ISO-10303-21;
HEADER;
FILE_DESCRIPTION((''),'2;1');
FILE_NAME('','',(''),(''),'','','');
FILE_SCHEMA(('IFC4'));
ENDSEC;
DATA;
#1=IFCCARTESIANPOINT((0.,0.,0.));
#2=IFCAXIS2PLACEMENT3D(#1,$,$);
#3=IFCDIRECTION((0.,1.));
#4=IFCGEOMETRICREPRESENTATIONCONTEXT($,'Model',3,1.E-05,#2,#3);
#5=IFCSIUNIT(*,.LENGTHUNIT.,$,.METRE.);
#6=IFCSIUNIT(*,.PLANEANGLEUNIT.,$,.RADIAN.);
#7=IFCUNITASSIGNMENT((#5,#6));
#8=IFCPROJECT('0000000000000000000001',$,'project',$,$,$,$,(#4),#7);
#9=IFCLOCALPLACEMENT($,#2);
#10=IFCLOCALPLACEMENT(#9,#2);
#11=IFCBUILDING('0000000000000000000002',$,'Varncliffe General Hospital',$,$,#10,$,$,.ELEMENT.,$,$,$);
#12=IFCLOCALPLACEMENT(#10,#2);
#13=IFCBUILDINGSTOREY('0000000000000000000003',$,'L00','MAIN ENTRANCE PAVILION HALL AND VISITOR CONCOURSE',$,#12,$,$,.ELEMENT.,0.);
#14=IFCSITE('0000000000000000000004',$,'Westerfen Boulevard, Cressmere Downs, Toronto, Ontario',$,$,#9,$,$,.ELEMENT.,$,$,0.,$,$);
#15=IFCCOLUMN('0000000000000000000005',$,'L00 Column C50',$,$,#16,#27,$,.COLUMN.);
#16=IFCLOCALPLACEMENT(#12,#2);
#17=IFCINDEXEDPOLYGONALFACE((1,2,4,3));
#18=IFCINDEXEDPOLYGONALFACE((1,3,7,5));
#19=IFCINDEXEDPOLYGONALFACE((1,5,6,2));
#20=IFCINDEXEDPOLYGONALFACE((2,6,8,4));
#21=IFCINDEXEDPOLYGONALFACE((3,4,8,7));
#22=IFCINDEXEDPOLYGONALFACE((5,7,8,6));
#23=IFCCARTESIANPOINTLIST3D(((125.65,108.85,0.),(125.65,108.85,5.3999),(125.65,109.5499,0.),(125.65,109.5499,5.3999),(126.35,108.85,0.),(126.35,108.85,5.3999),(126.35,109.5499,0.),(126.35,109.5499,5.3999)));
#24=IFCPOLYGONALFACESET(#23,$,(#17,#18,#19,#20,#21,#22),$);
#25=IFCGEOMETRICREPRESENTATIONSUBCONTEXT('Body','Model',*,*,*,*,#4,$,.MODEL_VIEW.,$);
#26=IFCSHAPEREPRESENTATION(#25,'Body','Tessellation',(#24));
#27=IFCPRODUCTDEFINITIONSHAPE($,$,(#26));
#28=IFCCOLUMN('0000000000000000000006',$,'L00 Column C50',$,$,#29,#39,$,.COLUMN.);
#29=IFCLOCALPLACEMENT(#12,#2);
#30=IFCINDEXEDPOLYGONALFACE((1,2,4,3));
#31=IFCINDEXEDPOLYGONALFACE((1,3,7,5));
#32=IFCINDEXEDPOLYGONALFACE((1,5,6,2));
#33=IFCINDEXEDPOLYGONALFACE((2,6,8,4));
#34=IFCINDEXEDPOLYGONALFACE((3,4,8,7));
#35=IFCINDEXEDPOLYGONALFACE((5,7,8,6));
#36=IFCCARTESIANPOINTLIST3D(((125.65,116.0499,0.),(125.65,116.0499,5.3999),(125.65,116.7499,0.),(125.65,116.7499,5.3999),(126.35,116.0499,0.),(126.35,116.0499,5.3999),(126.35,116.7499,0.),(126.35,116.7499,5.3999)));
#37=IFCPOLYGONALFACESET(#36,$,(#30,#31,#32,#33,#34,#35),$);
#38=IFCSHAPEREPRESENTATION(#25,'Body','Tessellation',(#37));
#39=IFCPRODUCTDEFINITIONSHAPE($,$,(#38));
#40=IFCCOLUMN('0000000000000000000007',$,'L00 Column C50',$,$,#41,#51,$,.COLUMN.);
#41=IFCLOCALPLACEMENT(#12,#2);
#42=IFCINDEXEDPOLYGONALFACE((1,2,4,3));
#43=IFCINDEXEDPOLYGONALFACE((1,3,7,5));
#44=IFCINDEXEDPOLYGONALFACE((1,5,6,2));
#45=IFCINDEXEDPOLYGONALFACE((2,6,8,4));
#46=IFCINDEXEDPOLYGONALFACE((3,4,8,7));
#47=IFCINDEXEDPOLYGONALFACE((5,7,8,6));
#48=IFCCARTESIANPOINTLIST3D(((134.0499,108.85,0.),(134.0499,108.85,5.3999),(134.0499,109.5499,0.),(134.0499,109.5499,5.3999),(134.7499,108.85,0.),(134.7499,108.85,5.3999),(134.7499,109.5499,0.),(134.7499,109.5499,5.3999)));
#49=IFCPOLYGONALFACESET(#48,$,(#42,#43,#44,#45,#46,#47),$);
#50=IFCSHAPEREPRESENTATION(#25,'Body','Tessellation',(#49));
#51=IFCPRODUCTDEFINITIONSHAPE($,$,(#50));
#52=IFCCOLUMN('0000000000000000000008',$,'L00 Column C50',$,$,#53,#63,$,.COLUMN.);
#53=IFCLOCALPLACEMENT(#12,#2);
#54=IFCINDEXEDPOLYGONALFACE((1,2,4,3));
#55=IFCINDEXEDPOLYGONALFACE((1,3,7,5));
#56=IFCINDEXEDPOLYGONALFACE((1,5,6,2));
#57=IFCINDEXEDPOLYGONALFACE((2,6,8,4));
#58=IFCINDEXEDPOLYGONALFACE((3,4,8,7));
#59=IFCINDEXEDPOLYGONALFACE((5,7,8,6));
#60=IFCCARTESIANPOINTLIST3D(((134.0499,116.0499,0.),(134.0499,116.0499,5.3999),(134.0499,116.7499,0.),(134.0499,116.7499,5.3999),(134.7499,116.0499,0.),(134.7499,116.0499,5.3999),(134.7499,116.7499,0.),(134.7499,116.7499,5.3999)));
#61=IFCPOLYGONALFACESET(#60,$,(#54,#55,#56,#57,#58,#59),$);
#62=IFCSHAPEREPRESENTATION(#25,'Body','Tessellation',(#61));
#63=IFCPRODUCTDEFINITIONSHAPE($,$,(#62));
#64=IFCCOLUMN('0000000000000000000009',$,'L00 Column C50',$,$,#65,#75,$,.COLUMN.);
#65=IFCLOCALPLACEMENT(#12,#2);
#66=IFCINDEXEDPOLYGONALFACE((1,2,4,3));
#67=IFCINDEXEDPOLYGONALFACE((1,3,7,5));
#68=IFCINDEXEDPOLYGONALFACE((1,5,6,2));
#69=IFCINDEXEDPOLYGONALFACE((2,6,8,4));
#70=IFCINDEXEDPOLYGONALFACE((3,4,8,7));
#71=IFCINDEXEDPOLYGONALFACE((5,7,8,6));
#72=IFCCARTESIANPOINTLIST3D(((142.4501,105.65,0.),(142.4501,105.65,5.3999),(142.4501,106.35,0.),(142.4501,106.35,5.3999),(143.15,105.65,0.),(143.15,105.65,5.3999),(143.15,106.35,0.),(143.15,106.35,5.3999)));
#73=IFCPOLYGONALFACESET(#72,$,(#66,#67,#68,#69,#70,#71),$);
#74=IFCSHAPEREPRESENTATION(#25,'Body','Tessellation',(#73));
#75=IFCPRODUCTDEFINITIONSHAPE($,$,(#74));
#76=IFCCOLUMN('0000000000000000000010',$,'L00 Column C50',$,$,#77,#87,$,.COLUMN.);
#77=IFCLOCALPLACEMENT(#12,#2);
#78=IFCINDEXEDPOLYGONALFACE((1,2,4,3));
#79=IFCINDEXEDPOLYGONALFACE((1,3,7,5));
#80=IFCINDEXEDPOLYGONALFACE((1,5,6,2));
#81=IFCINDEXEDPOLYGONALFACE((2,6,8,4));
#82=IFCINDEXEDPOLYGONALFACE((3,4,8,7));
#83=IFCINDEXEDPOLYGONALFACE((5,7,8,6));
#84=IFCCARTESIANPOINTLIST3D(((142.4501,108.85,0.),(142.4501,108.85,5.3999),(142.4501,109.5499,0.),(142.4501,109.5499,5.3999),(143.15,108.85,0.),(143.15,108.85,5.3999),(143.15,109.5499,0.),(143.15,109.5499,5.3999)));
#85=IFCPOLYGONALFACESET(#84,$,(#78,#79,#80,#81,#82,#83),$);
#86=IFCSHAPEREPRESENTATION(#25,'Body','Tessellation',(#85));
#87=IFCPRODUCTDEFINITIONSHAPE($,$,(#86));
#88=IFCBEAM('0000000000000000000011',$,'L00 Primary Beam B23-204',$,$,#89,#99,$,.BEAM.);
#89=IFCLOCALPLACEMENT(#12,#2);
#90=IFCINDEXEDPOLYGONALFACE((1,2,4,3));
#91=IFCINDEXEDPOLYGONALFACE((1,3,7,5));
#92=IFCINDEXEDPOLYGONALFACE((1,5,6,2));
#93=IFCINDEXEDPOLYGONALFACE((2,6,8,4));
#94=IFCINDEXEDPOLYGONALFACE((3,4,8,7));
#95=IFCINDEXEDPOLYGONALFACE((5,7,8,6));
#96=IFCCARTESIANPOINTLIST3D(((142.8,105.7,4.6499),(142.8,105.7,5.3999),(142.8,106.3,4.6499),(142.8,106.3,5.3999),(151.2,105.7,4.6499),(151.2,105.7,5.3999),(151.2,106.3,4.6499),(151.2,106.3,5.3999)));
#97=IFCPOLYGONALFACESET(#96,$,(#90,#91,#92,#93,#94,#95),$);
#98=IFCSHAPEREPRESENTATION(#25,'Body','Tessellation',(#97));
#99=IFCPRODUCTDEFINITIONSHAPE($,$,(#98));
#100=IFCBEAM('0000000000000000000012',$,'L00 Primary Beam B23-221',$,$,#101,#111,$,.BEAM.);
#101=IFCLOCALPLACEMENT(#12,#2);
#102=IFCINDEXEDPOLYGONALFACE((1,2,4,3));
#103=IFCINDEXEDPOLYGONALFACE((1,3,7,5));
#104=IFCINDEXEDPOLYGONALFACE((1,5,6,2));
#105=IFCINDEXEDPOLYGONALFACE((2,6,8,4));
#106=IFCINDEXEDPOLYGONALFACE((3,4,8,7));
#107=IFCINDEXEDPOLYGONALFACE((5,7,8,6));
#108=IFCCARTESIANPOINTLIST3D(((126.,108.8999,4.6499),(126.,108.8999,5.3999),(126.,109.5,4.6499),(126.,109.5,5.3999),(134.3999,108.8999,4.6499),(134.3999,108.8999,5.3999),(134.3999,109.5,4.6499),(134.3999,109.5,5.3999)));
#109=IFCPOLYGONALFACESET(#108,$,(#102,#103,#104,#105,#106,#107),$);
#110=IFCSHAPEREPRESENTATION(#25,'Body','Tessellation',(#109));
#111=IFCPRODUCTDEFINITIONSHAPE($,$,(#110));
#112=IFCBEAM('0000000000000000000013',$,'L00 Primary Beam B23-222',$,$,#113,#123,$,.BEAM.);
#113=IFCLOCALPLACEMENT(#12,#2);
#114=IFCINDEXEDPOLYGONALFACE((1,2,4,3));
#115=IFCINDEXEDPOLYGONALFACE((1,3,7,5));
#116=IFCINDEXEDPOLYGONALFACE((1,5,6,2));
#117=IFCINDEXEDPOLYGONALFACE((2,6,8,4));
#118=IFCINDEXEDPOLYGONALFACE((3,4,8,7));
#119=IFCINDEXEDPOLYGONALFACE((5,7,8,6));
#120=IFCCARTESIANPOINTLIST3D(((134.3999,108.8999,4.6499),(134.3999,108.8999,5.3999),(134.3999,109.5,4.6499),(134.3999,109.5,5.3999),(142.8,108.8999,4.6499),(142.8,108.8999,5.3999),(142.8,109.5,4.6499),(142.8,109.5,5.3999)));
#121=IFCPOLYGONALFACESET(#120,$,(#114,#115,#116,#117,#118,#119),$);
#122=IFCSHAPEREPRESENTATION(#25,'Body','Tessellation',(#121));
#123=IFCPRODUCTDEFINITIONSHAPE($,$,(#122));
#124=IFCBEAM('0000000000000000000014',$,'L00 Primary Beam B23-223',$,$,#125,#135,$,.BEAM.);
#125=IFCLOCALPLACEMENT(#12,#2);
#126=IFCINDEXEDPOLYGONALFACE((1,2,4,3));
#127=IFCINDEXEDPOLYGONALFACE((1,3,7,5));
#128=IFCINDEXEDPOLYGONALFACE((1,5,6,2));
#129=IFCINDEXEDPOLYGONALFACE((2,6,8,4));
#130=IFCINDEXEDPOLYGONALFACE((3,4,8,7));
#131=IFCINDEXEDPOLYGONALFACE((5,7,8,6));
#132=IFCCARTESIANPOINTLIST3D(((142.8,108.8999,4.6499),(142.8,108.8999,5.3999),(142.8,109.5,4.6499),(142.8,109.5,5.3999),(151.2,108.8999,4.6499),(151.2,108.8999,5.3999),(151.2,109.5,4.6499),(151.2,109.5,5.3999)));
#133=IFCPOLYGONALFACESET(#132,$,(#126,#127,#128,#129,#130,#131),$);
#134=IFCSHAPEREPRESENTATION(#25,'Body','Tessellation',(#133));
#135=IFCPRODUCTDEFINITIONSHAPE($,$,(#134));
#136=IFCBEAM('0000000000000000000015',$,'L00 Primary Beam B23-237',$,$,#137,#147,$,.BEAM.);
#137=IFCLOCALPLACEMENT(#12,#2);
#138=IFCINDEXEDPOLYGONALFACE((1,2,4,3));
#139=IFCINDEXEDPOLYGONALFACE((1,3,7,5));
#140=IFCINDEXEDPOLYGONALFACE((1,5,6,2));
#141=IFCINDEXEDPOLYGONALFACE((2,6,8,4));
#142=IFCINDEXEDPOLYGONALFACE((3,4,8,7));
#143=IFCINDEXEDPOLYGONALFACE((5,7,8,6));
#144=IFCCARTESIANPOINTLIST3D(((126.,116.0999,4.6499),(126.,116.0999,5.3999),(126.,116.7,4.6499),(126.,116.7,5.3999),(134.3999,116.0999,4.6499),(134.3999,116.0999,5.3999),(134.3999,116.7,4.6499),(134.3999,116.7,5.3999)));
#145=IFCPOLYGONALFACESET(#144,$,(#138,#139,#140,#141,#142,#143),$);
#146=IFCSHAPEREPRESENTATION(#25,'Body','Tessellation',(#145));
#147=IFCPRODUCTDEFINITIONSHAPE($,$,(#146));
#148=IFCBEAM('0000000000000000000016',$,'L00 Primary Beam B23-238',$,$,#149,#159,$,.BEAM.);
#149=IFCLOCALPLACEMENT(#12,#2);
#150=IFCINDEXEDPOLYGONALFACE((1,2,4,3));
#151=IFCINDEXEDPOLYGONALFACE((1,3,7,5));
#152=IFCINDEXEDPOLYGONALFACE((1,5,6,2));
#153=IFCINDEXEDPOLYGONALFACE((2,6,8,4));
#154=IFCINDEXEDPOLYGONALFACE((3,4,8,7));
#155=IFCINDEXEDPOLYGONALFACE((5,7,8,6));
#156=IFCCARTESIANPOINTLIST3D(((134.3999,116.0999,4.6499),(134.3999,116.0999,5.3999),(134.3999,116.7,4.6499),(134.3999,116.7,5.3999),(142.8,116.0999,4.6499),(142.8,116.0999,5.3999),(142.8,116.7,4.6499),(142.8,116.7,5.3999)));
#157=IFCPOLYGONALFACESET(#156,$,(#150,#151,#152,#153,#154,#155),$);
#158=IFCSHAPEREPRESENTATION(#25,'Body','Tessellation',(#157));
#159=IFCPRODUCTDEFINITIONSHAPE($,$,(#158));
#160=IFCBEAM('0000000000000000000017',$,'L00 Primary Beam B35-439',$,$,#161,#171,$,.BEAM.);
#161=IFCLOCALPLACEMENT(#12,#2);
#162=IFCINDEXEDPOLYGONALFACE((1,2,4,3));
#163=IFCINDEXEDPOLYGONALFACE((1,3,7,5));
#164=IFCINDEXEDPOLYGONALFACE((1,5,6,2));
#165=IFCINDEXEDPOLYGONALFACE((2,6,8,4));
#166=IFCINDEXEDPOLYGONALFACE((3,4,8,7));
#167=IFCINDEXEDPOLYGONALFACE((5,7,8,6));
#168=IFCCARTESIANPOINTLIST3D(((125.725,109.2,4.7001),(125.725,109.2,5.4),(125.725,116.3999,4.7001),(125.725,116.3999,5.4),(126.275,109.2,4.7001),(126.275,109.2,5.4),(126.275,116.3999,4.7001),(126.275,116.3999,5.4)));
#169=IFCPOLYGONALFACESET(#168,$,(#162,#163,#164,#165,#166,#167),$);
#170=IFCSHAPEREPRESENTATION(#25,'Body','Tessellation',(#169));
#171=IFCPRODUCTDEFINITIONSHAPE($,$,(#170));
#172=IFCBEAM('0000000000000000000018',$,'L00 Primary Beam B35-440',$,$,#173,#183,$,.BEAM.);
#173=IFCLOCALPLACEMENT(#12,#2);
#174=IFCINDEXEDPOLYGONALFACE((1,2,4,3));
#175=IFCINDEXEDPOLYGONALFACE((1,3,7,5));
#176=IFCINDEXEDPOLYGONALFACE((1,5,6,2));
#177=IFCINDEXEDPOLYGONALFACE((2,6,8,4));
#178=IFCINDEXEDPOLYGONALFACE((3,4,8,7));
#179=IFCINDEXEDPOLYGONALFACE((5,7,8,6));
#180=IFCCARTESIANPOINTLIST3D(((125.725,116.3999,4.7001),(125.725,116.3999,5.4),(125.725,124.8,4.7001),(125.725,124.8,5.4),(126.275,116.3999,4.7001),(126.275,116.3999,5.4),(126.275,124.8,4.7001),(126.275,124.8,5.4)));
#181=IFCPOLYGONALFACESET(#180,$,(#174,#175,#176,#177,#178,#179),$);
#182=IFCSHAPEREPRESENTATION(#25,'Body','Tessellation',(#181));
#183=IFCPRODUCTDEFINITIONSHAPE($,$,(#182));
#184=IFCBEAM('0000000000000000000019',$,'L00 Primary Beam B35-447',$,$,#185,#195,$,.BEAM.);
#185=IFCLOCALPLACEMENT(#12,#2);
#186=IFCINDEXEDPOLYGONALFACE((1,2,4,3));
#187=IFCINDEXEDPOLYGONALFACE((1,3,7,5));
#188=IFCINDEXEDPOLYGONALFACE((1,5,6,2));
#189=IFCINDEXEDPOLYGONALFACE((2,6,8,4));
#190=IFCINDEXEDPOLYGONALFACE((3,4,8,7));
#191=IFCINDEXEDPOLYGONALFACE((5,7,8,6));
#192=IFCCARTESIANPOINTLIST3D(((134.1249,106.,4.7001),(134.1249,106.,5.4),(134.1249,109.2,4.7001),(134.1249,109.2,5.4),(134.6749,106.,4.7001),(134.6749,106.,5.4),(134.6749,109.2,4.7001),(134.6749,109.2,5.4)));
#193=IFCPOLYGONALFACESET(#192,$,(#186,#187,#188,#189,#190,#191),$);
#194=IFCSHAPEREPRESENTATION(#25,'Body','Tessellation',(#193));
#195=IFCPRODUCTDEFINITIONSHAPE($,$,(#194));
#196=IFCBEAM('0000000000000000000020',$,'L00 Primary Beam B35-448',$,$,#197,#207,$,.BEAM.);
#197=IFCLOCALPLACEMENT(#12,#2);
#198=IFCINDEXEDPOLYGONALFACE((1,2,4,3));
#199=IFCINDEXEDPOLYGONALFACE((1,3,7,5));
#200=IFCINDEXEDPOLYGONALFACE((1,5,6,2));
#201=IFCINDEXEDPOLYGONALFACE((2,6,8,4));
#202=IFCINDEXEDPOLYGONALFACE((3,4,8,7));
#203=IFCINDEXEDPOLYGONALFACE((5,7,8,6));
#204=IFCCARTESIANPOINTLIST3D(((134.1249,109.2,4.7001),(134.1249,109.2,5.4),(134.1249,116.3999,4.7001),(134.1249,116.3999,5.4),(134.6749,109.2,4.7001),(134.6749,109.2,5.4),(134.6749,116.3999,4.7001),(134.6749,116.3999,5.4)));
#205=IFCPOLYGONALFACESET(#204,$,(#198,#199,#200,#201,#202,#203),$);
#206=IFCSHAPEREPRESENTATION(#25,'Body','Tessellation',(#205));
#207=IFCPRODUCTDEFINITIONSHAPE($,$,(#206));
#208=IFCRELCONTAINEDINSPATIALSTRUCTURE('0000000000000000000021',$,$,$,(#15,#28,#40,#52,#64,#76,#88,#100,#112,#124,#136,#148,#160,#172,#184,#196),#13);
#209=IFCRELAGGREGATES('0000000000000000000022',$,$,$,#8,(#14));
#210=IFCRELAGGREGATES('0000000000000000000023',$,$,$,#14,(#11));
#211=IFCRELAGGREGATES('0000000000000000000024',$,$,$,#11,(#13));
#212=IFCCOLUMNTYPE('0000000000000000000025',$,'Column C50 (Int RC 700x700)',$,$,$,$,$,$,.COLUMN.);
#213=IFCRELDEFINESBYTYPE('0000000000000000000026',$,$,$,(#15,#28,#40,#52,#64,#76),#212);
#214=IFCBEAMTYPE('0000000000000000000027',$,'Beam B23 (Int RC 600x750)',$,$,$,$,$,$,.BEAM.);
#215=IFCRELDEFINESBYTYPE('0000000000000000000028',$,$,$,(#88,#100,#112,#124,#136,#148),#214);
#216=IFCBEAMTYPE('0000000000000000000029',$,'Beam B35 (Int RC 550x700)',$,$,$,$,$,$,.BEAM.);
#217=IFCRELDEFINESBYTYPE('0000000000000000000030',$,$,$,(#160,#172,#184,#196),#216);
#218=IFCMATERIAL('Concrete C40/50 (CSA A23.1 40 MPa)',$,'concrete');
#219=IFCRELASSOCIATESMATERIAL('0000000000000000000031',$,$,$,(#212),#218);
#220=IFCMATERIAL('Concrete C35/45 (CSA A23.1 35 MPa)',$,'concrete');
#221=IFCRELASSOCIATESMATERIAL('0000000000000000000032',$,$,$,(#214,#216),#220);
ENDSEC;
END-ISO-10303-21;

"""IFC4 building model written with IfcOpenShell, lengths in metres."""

from ifc_helpers import new_model, si_unit, direction, frame, origin, origin_2d, place, context, subcontext, project, spatial, rectangle, extrude, material, material_profile, profile_set, type_object, element, save


model = new_model("IFC4")

# Units and contexts
model_context = context("Model", 3, precision=1e-05, world=origin(), true_north=direction((0.0, 1.0)))
body_context = subcontext(model_context, "Body", "Model", "MODEL_VIEW")
ifc_project = project(units=[si_unit("LENGTHUNIT", "METRE"), si_unit("PLANEANGLEUNIT", "RADIAN")], contexts=[model_context])

# Site, building, storey
site_placement = place(None, origin())
site = spatial("IfcSite", under=ifc_project, at=site_placement, Name="Westerfen Boulevard, Cressmere Downs, Toronto, Ontario", CompositionType="ELEMENT", RefElevation=0.0)
building_placement = place(site_placement, origin())
building = spatial("IfcBuilding", under=site, at=building_placement, Name="Varncliffe General Hospital", CompositionType="ELEMENT")
storey_placement = place(building_placement, origin())
storey = spatial("IfcBuildingStorey", under=building, at=storey_placement, Name="L00", Description="MAIN ENTRANCE PAVILION HALL AND VISITOR CONCOURSE", CompositionType="ELEMENT", Elevation=0.0)

# Columns
ifc_material_1 = material(Name="Concrete C40/50 (CSA A23.1 40 MPa)", Category="concrete")
ifc_material_profile_1 = material_profile(ifc_material_1, rectangle(XDim=0.7, YDim=0.7, at=origin_2d()), Name="RC 700x700")
ifc_profile_set_1 = profile_set([ifc_material_profile_1], Name="Concrete C40/50 (CSA A23.1 40 MPa)")
column_type = type_object("IfcColumnType", Name="Column C50 (Int RC 700x700)", PredefinedType="COLUMN", material=ifc_profile_set_1)
for number, where, z_axis, x_axis, name in (
    (1, (126.0, 109.2, 0.0), (0.0, 0.0, 1.0), (1.0, 0.0, 0.0), "L00 Column C50"),
    (2, (126.0, 116.3999, 0.0), (0.0, 0.0, 1.0), (1.0, 0.0, 0.0), "L00 Column C50"),
    (3, (134.3999, 109.2, 0.0), (0.0, 0.0, 1.0), (1.0, 0.0, 0.0), "L00 Column C50"),
    (4, (134.3999, 116.3999, 0.0), (0.0, 0.0, 1.0), (1.0, 0.0, 0.0), "L00 Column C50"),
    (5, (142.8, 106.0, 0.0), (0.0, 0.0, 1.0), (1.0, 0.0, 0.0), "L00 Column C50"),
    (6, (142.8, 109.2, 0.0), (0.0, 0.0, 1.0), (1.0, 0.0, 0.0), "L00 Column C50"),
):
    element("IfcColumn", number, at=place(storey_placement, frame(where, z_axis=z_axis, x_axis=x_axis)), inside=storey, type_object=column_type, Name=name, PredefinedType="COLUMN", context=body_context, shape_type="SweptSolid", body=[
        extrude(rectangle(XDim=0.7, YDim=0.7, at=origin_2d()), origin(), (0.0, 0.0, 1.0), 5.3999),
    ])

# Beams
ifc_material_2 = material(Name="Concrete C35/45 (CSA A23.1 35 MPa)", Category="concrete")
ifc_material_profile_2 = material_profile(ifc_material_2, rectangle(XDim=0.6001, YDim=0.75, at=origin_2d()), Name="RC 600x750")
ifc_profile_set_2 = profile_set([ifc_material_profile_2], Name="Concrete C35/45 (CSA A23.1 35 MPa)")
beam_type_1 = type_object("IfcBeamType", Name="Beam B23 (Int RC 600x750)", PredefinedType="BEAM", material=ifc_profile_set_2)
for number, where, z_axis, x_axis, name in (
    (7, (142.8, 106.0, 5.0249), (1.0, 0.0, 0.0), (0.0, 1.0, 0.0), "L00 Primary Beam B23-204"),
    (8, (126.0, 109.2, 5.0249), (1.0, 0.0, 0.0), (0.0, 1.0, 0.0), "L00 Primary Beam B23-221"),
):
    element("IfcBeam", number, at=place(storey_placement, frame(where, z_axis=z_axis, x_axis=x_axis)), inside=storey, type_object=beam_type_1, Name=name, PredefinedType="BEAM", context=body_context, shape_type="SweptSolid", body=[
        extrude(rectangle(XDim=0.6001, YDim=0.75, at=origin_2d()), origin(), (0.0, 0.0, 1.0), 8.3999),
    ])
beam_1_placement = place(storey_placement, frame((134.3999, 109.2, 5.0249), z_axis=(1.0, 0.0, 0.0), x_axis=(0.0, 1.0, 0.0)))
element("IfcBeam", 9, at=beam_1_placement, inside=storey, type_object=beam_type_1, Name="L00 Primary Beam B23-222", PredefinedType="BEAM", context=body_context, shape_type="SweptSolid", body=[
    extrude(rectangle(XDim=0.6001, YDim=0.75, at=origin_2d()), origin(), (0.0, 0.0, 1.0), 8.4001),
])
for number, where, z_axis, x_axis, name in (
    (10, (142.8, 109.2, 5.0249), (1.0, 0.0, 0.0), (0.0, 1.0, 0.0), "L00 Primary Beam B23-223"),
    (11, (126.0, 116.3999, 5.0249), (1.0, 0.0, 0.0), (0.0, 1.0, 0.0), "L00 Primary Beam B23-237"),
):
    element("IfcBeam", number, at=place(storey_placement, frame(where, z_axis=z_axis, x_axis=x_axis)), inside=storey, type_object=beam_type_1, Name=name, PredefinedType="BEAM", context=body_context, shape_type="SweptSolid", body=[
        extrude(rectangle(XDim=0.6001, YDim=0.75, at=origin_2d()), origin(), (0.0, 0.0, 1.0), 8.3999),
    ])
beam_2_placement = place(storey_placement, frame((134.3999, 116.3999, 5.0249), z_axis=(1.0, 0.0, 0.0), x_axis=(0.0, 1.0, 0.0)))
element("IfcBeam", 12, at=beam_2_placement, inside=storey, type_object=beam_type_1, Name="L00 Primary Beam B23-238", PredefinedType="BEAM", context=body_context, shape_type="SweptSolid", body=[
    extrude(rectangle(XDim=0.6001, YDim=0.75, at=origin_2d()), origin(), (0.0, 0.0, 1.0), 8.4001),
])
ifc_material_profile_3 = material_profile(ifc_material_2, rectangle(XDim=0.55, YDim=0.7, at=origin_2d()), Name="RC 550x700")
ifc_profile_set_3 = profile_set([ifc_material_profile_3], Name="Concrete C35/45 (CSA A23.1 35 MPa)")
beam_type_2 = type_object("IfcBeamType", Name="Beam B35 (Int RC 550x700)", PredefinedType="BEAM", material=ifc_profile_set_3)
beam_3_placement = place(storey_placement, frame((126.0, 109.2, 5.05), z_axis=(0.0, 1.0, 0.0), x_axis=(-1.0, 0.0, 0.0)))
element("IfcBeam", 13, at=beam_3_placement, inside=storey, type_object=beam_type_2, Name="L00 Primary Beam B35-439", PredefinedType="BEAM", context=body_context, shape_type="SweptSolid", body=[
    extrude(rectangle(XDim=0.55, YDim=0.7, at=origin_2d()), origin(), (0.0, 0.0, 1.0), 7.2),
])
beam_4_placement = place(storey_placement, frame((126.0, 116.3999, 5.05), z_axis=(0.0, 1.0, 0.0), x_axis=(-1.0, 0.0, 0.0)))
element("IfcBeam", 14, at=beam_4_placement, inside=storey, type_object=beam_type_2, Name="L00 Primary Beam B35-440", PredefinedType="BEAM", context=body_context, shape_type="SweptSolid", body=[
    extrude(rectangle(XDim=0.55, YDim=0.7, at=origin_2d()), origin(), (0.0, 0.0, 1.0), 8.4001),
])
beam_5_placement = place(storey_placement, frame((134.3999, 106.0, 5.05), z_axis=(0.0, 1.0, 0.0), x_axis=(-1.0, 0.0, 0.0)))
element("IfcBeam", 15, at=beam_5_placement, inside=storey, type_object=beam_type_2, Name="L00 Primary Beam B35-447", PredefinedType="BEAM", context=body_context, shape_type="SweptSolid", body=[
    extrude(rectangle(XDim=0.55, YDim=0.7, at=origin_2d()), origin(), (0.0, 0.0, 1.0), 3.2),
])
beam_6_placement = place(storey_placement, frame((134.3999, 109.2, 5.05), z_axis=(0.0, 1.0, 0.0), x_axis=(-1.0, 0.0, 0.0)))
element("IfcBeam", 16, at=beam_6_placement, inside=storey, type_object=beam_type_2, Name="L00 Primary Beam B35-448", PredefinedType="BEAM", context=body_context, shape_type="SweptSolid", body=[
    extrude(rectangle(XDim=0.55, YDim=0.7, at=origin_2d()), origin(), (0.0, 0.0, 1.0), 7.2),
])

save(model, "model.ifc")
